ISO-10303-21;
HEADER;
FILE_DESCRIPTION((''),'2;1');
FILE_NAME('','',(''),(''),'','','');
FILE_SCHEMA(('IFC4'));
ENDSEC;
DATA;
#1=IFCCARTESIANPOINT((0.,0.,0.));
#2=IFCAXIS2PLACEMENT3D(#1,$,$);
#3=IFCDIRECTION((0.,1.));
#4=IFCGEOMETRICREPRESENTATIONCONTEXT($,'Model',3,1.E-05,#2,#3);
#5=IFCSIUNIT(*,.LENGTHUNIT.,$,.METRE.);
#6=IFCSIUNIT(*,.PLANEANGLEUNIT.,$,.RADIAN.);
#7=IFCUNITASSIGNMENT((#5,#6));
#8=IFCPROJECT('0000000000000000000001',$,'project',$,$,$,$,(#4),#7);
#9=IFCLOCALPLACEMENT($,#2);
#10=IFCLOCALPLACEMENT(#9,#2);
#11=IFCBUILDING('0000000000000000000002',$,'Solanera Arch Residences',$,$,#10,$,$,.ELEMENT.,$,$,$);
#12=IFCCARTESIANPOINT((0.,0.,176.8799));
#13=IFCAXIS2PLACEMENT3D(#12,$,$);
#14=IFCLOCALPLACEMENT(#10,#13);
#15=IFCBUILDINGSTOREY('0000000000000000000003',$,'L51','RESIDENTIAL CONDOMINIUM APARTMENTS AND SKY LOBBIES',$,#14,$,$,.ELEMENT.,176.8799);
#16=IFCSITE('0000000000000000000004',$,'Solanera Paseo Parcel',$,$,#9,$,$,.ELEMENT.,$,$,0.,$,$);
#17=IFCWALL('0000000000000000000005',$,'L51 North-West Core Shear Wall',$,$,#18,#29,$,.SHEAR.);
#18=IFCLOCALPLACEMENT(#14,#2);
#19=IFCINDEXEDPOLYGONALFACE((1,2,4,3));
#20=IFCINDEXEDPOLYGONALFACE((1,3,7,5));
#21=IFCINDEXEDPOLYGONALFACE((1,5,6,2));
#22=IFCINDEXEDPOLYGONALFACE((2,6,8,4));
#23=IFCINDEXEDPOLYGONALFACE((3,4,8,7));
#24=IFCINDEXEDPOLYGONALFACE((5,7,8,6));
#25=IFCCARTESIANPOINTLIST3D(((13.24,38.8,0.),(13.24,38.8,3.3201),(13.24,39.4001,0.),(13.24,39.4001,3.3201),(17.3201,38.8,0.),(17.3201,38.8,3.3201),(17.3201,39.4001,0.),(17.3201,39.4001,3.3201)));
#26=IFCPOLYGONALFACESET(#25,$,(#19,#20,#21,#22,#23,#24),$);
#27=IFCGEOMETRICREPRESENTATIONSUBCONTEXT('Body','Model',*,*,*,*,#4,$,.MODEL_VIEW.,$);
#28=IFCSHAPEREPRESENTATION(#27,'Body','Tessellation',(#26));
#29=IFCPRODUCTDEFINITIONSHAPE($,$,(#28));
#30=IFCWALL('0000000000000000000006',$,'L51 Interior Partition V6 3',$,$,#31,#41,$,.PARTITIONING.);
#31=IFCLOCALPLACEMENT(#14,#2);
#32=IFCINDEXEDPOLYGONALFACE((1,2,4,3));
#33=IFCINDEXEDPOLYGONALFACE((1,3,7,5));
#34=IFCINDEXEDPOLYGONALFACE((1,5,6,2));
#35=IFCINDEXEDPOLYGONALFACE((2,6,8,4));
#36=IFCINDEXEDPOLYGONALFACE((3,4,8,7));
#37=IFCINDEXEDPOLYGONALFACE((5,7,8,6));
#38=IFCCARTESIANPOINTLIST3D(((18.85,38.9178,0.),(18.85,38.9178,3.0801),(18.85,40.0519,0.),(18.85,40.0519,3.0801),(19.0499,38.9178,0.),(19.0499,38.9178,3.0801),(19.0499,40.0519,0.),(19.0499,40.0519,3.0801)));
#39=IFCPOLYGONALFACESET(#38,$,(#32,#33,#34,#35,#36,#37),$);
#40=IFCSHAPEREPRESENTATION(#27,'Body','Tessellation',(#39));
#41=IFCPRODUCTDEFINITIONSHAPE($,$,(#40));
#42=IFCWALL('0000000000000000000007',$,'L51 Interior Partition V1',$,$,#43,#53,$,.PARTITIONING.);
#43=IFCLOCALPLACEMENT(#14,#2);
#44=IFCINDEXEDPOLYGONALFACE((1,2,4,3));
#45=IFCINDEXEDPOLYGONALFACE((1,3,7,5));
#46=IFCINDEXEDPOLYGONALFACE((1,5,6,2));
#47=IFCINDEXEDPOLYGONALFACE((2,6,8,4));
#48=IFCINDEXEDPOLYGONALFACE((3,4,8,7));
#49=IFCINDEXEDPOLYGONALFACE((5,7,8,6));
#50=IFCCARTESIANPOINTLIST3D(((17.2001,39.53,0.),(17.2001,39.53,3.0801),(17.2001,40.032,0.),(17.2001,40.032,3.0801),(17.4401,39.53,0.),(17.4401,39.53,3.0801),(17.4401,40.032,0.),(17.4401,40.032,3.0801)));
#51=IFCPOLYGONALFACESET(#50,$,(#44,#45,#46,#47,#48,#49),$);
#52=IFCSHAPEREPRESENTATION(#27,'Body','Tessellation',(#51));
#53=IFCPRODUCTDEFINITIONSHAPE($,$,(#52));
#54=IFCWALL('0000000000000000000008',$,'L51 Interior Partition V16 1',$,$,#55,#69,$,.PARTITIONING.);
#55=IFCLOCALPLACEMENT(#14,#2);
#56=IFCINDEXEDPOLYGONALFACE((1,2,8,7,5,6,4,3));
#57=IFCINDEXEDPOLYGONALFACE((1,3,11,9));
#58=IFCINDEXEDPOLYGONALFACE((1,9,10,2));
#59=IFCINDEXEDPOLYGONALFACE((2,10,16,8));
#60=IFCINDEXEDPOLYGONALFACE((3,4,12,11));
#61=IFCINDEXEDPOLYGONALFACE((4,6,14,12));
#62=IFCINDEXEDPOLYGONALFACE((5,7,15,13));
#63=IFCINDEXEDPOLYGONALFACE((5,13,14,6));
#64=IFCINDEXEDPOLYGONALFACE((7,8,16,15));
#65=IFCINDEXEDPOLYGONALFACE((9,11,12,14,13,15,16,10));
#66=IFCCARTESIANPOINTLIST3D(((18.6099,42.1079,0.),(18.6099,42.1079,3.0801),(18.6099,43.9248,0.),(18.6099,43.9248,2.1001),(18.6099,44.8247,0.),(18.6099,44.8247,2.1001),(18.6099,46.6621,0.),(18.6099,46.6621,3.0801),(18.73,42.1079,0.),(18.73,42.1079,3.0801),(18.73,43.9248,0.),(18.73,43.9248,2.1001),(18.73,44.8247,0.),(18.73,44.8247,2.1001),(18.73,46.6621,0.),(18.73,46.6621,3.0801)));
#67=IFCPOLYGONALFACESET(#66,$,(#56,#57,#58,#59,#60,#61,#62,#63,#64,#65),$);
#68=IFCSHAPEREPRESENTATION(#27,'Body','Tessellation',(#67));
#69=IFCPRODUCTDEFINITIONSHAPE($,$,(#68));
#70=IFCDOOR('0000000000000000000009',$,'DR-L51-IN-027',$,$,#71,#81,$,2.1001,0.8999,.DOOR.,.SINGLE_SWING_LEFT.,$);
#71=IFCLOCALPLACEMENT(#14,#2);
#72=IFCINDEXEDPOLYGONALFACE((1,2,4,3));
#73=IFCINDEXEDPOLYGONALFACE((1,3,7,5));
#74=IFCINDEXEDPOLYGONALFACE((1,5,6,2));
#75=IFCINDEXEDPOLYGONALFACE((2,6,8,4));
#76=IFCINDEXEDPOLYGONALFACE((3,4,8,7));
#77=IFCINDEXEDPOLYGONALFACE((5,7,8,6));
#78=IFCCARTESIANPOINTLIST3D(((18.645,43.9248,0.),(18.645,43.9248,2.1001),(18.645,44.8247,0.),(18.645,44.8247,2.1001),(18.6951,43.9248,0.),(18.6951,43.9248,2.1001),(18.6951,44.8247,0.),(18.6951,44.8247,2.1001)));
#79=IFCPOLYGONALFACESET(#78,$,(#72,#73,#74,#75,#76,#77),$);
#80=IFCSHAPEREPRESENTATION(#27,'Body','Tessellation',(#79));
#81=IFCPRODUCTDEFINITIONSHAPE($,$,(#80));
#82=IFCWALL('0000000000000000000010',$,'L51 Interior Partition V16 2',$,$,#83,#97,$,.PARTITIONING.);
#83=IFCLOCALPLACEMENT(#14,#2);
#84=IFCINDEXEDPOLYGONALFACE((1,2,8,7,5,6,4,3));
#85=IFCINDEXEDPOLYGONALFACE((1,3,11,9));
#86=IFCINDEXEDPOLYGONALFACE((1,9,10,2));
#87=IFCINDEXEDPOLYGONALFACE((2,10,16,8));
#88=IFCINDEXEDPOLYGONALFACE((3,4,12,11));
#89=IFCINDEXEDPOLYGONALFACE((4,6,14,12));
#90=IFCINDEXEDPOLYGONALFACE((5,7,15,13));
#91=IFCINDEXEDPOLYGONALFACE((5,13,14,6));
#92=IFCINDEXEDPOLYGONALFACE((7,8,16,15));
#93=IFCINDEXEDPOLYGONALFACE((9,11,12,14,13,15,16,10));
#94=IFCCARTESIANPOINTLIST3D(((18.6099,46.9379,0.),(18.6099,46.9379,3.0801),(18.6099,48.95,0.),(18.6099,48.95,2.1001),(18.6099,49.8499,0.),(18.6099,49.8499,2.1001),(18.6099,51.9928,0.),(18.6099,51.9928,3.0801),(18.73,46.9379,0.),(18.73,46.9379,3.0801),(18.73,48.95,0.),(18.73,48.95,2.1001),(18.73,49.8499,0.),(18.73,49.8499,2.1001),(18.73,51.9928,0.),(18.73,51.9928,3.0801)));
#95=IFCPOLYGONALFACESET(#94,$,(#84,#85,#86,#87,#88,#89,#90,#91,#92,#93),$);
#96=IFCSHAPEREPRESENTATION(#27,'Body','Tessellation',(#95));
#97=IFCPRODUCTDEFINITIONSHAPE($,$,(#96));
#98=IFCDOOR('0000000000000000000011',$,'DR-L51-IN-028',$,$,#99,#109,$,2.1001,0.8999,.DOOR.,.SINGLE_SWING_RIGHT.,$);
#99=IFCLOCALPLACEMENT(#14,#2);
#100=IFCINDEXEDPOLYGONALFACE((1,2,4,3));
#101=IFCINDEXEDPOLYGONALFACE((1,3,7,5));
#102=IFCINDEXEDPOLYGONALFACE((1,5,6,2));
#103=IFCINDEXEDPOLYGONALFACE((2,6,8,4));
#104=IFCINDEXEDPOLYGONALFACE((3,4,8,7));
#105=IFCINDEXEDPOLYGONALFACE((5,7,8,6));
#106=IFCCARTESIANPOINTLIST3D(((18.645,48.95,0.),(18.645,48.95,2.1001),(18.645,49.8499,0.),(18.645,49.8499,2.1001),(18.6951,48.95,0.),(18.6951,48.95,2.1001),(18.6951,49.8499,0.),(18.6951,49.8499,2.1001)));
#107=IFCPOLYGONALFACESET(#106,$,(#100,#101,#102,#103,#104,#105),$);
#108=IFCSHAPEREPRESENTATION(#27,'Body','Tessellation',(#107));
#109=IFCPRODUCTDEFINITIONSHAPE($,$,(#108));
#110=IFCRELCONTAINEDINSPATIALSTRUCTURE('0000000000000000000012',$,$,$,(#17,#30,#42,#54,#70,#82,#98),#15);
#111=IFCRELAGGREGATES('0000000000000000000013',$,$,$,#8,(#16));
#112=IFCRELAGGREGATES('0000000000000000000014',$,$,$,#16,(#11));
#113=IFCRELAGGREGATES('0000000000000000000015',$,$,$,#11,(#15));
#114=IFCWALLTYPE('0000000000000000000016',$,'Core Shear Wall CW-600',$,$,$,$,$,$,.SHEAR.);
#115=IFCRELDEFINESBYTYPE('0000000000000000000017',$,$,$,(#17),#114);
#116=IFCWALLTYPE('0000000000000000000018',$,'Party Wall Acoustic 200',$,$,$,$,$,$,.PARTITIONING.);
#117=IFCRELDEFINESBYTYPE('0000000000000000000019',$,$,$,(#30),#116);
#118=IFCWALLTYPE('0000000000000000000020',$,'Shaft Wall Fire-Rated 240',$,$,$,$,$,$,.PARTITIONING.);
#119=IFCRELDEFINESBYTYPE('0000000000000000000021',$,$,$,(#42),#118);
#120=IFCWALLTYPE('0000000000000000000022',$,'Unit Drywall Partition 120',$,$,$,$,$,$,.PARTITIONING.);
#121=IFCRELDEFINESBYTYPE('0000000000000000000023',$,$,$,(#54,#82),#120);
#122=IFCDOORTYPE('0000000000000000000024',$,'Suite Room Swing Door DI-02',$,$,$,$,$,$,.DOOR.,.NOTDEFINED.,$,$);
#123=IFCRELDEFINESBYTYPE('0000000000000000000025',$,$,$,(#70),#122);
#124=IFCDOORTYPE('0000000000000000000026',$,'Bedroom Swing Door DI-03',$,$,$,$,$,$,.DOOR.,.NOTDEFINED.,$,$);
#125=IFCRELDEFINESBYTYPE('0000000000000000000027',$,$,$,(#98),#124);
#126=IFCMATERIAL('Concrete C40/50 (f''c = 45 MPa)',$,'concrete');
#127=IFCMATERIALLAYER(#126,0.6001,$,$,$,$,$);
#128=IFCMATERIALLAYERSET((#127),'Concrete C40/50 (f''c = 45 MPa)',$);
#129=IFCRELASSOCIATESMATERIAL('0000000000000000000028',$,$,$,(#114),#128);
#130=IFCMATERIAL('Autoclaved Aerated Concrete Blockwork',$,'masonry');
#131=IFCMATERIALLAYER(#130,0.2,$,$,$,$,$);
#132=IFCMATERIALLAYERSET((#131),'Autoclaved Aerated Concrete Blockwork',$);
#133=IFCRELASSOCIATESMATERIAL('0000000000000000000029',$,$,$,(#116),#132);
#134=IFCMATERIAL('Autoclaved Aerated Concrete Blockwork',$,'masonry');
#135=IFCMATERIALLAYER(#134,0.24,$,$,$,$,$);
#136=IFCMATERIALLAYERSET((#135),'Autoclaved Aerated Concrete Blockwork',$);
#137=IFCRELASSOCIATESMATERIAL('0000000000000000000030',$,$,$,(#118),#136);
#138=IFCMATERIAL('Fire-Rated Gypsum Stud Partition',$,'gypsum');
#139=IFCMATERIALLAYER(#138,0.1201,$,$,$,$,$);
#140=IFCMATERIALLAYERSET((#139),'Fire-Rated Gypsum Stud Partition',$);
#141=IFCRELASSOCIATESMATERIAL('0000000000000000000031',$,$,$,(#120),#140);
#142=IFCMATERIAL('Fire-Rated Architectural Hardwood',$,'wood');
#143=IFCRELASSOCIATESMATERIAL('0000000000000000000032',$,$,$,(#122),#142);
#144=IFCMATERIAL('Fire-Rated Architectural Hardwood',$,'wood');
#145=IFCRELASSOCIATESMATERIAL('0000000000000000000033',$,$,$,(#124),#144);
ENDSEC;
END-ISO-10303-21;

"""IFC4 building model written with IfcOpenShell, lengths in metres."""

from ifc_helpers import new_model, si_unit, direction, frame, frame_2d, origin, place, context, subcontext, project, spatial, rectangle, extrude, material, layer, layer_set, type_object, element, fill, save


model = new_model("IFC4")

# Units and contexts
model_context = context("Model", 3, precision=1e-05, world=origin(), true_north=direction((0.0, 1.0)))
body_context = subcontext(model_context, "Body", "Model", "MODEL_VIEW")
ifc_project = project(units=[si_unit("LENGTHUNIT", "METRE"), si_unit("PLANEANGLEUNIT", "RADIAN")], contexts=[model_context])

# Site, building, storey
site_placement = place(None, origin())
site = spatial("IfcSite", under=ifc_project, at=site_placement, Name="Solanera Paseo Parcel", CompositionType="ELEMENT", RefElevation=0.0)
building_placement = place(site_placement, origin())
building = spatial("IfcBuilding", under=site, at=building_placement, Name="Solanera Arch Residences", CompositionType="ELEMENT")
storey_placement = place(building_placement, frame((0.0, 0.0, 176.8799)))
storey = spatial("IfcBuildingStorey", under=building, at=storey_placement, Name="L51", Description="RESIDENTIAL CONDOMINIUM APARTMENTS AND SKY LOBBIES", CompositionType="ELEMENT", Elevation=176.8799)

# Walls
ifc_material_1 = material(Name="Concrete C40/50 (f'c = 45 MPa)", Category="concrete")
ifc_layer_1 = layer(ifc_material_1, 0.6001)
ifc_layer_set_1 = layer_set([ifc_layer_1], Name="Concrete C40/50 (f'c = 45 MPa)")
wall_type_1 = type_object("IfcWallType", Name="Core Shear Wall CW-600", PredefinedType="SHEAR", material=ifc_layer_set_1)
wall_1_placement = place(storey_placement, frame((13.24, 39.1001, 0.0), z_axis=(0.0, 0.0, 1.0), x_axis=(1.0, 0.0, 0.0)))
element("IfcWall", 1, at=wall_1_placement, inside=storey, type_object=wall_type_1, Name="L51 North-West Core Shear Wall", PredefinedType="SHEAR", context=body_context, shape_type="SweptSolid", body=[
    extrude(rectangle(XDim=4.0801, YDim=0.6001, at=frame_2d((2.04, 0.0))), origin(), (0.0, 0.0, 1.0), 3.3201),
])
ifc_material_2 = material(Name="Autoclaved Aerated Concrete Blockwork", Category="masonry")
ifc_layer_2 = layer(ifc_material_2, 0.2)
ifc_layer_set_2 = layer_set([ifc_layer_2], Name="Autoclaved Aerated Concrete Blockwork")
wall_type_2 = type_object("IfcWallType", Name="Party Wall Acoustic 200", PredefinedType="PARTITIONING", material=ifc_layer_set_2)
wall_2_placement = place(storey_placement, frame((18.95, 38.918, 0.0), z_axis=(0.0, 0.0, 1.0), x_axis=(0.0, 1.0, 0.0)))
element("IfcWall", 2, at=wall_2_placement, inside=storey, type_object=wall_type_2, Name="L51 Interior Partition V6 3", PredefinedType="PARTITIONING", context=body_context, shape_type="SweptSolid", body=[
    extrude(rectangle(XDim=1.134, YDim=0.2, at=frame_2d((0.5669, 0.0))), origin(), (0.0, 0.0, 1.0), 3.0801),
])
ifc_material_3 = material(Name="Autoclaved Aerated Concrete Blockwork", Category="masonry")
ifc_layer_3 = layer(ifc_material_3, 0.24)
ifc_layer_set_3 = layer_set([ifc_layer_3], Name="Autoclaved Aerated Concrete Blockwork")
wall_type_3 = type_object("IfcWallType", Name="Shaft Wall Fire-Rated 240", PredefinedType="PARTITIONING", material=ifc_layer_set_3)
wall_3_placement = place(storey_placement, frame((17.3201, 39.53, 0.0), z_axis=(0.0, 0.0, 1.0), x_axis=(0.0, 1.0, 0.0)))
element("IfcWall", 3, at=wall_3_placement, inside=storey, type_object=wall_type_3, Name="L51 Interior Partition V1", PredefinedType="PARTITIONING", context=body_context, shape_type="SweptSolid", body=[
    extrude(rectangle(XDim=0.502, YDim=0.24, at=frame_2d((0.251, 0.0))), origin(), (0.0, 0.0, 1.0), 3.0801),
])

# Walls, openings, doors
ifc_material_4 = material(Name="Fire-Rated Gypsum Stud Partition", Category="gypsum")
ifc_layer_4 = layer(ifc_material_4, 0.1201)
ifc_layer_set_4 = layer_set([ifc_layer_4], Name="Fire-Rated Gypsum Stud Partition")
wall_type_4 = type_object("IfcWallType", Name="Unit Drywall Partition 120", PredefinedType="PARTITIONING", material=ifc_layer_set_4)
wall_4_placement = place(storey_placement, frame((18.6699, 42.1079, 0.0), z_axis=(0.0, 0.0, 1.0), x_axis=(0.0, 1.0, 0.0)))
wall_4 = element("IfcWall", 4, at=wall_4_placement, inside=storey, type_object=wall_type_4, Name="L51 Interior Partition V16 1", PredefinedType="PARTITIONING", context=body_context, shape_type="SweptSolid", body=[
    extrude(rectangle(XDim=4.5542, YDim=0.1201, at=frame_2d((2.2771, 0.0))), origin(), (0.0, 0.0, 1.0), 3.0801),
])
opening_1_placement = place(wall_4_placement, frame((1.8169, 0.0, 0.0)))
opening_1 = element("IfcOpeningElement", 5, at=opening_1_placement, cuts=wall_4, PredefinedType="OPENING", context=body_context, shape_type="SweptSolid", body=[
    extrude(rectangle(XDim=0.8999, YDim=2.1001, at=frame_2d((0.45, 1.05))), frame((0.0, 0.0701, 0.0), z_axis=(0.0, -1.0, 0.0), x_axis=(1.0, 0.0, 0.0)), (0.0, 0.0, 1.0), 0.1401),
])
ifc_material_5 = material(Name="Fire-Rated Architectural Hardwood", Category="wood")
door_type_1 = type_object("IfcDoorType", Name="Suite Room Swing Door DI-02", OperationType="NOTDEFINED", PredefinedType="DOOR", material=ifc_material_5)
door_1_placement = place(opening_1_placement, origin())
door_1 = element("IfcDoor", 6, at=door_1_placement, inside=storey, type_object=door_type_1, Name="DR-L51-IN-027", OperationType="SINGLE_SWING_LEFT", OverallHeight=2.1001, OverallWidth=0.8999, PredefinedType="DOOR", context=body_context, shape_type="SweptSolid", body=[
    extrude(rectangle(XDim=0.8999, YDim=2.1001, at=frame_2d((0.45, 1.05))), frame((0.0, 0.0249, 0.0), z_axis=(0.0, -1.0, 0.0), x_axis=(1.0, 0.0, 0.0)), (0.0, 0.0, 1.0), 0.05),
])
fill(opening_1, door_1)
wall_5_placement = place(storey_placement, frame((18.6699, 46.938, 0.0), z_axis=(0.0, 0.0, 1.0), x_axis=(0.0, 1.0, 0.0)))
wall_5 = element("IfcWall", 7, at=wall_5_placement, inside=storey, type_object=wall_type_4, Name="L51 Interior Partition V16 2", PredefinedType="PARTITIONING", context=body_context, shape_type="SweptSolid", body=[
    extrude(rectangle(XDim=5.0549, YDim=0.1201, at=frame_2d((2.5273, 0.0))), origin(), (0.0, 0.0, 1.0), 3.0801),
])
opening_2_placement = place(wall_5_placement, frame((2.012, 0.0, 0.0)))
opening_2 = element("IfcOpeningElement", 8, at=opening_2_placement, cuts=wall_5, PredefinedType="OPENING", context=body_context, shape_type="SweptSolid", body=[
    extrude(rectangle(XDim=0.8999, YDim=2.1001, at=frame_2d((0.45, 1.05))), frame((0.0, 0.0701, 0.0), z_axis=(0.0, -1.0, 0.0), x_axis=(1.0, 0.0, 0.0)), (0.0, 0.0, 1.0), 0.1401),
])
ifc_material_6 = material(Name="Fire-Rated Architectural Hardwood", Category="wood")
door_type_2 = type_object("IfcDoorType", Name="Bedroom Swing Door DI-03", OperationType="NOTDEFINED", PredefinedType="DOOR", material=ifc_material_6)
door_2_placement = place(opening_2_placement, origin())
door_2 = element("IfcDoor", 9, at=door_2_placement, inside=storey, type_object=door_type_2, Name="DR-L51-IN-028", OperationType="SINGLE_SWING_RIGHT", OverallHeight=2.1001, OverallWidth=0.8999, PredefinedType="DOOR", context=body_context, shape_type="SweptSolid", body=[
    extrude(rectangle(XDim=0.8999, YDim=2.1001, at=frame_2d((0.45, 1.05))), frame((0.0, 0.0249, 0.0), z_axis=(0.0, -1.0, 0.0), x_axis=(1.0, 0.0, 0.0)), (0.0, 0.0, 1.0), 0.05),
])
fill(opening_2, door_2)

save(model, "model.ifc")
